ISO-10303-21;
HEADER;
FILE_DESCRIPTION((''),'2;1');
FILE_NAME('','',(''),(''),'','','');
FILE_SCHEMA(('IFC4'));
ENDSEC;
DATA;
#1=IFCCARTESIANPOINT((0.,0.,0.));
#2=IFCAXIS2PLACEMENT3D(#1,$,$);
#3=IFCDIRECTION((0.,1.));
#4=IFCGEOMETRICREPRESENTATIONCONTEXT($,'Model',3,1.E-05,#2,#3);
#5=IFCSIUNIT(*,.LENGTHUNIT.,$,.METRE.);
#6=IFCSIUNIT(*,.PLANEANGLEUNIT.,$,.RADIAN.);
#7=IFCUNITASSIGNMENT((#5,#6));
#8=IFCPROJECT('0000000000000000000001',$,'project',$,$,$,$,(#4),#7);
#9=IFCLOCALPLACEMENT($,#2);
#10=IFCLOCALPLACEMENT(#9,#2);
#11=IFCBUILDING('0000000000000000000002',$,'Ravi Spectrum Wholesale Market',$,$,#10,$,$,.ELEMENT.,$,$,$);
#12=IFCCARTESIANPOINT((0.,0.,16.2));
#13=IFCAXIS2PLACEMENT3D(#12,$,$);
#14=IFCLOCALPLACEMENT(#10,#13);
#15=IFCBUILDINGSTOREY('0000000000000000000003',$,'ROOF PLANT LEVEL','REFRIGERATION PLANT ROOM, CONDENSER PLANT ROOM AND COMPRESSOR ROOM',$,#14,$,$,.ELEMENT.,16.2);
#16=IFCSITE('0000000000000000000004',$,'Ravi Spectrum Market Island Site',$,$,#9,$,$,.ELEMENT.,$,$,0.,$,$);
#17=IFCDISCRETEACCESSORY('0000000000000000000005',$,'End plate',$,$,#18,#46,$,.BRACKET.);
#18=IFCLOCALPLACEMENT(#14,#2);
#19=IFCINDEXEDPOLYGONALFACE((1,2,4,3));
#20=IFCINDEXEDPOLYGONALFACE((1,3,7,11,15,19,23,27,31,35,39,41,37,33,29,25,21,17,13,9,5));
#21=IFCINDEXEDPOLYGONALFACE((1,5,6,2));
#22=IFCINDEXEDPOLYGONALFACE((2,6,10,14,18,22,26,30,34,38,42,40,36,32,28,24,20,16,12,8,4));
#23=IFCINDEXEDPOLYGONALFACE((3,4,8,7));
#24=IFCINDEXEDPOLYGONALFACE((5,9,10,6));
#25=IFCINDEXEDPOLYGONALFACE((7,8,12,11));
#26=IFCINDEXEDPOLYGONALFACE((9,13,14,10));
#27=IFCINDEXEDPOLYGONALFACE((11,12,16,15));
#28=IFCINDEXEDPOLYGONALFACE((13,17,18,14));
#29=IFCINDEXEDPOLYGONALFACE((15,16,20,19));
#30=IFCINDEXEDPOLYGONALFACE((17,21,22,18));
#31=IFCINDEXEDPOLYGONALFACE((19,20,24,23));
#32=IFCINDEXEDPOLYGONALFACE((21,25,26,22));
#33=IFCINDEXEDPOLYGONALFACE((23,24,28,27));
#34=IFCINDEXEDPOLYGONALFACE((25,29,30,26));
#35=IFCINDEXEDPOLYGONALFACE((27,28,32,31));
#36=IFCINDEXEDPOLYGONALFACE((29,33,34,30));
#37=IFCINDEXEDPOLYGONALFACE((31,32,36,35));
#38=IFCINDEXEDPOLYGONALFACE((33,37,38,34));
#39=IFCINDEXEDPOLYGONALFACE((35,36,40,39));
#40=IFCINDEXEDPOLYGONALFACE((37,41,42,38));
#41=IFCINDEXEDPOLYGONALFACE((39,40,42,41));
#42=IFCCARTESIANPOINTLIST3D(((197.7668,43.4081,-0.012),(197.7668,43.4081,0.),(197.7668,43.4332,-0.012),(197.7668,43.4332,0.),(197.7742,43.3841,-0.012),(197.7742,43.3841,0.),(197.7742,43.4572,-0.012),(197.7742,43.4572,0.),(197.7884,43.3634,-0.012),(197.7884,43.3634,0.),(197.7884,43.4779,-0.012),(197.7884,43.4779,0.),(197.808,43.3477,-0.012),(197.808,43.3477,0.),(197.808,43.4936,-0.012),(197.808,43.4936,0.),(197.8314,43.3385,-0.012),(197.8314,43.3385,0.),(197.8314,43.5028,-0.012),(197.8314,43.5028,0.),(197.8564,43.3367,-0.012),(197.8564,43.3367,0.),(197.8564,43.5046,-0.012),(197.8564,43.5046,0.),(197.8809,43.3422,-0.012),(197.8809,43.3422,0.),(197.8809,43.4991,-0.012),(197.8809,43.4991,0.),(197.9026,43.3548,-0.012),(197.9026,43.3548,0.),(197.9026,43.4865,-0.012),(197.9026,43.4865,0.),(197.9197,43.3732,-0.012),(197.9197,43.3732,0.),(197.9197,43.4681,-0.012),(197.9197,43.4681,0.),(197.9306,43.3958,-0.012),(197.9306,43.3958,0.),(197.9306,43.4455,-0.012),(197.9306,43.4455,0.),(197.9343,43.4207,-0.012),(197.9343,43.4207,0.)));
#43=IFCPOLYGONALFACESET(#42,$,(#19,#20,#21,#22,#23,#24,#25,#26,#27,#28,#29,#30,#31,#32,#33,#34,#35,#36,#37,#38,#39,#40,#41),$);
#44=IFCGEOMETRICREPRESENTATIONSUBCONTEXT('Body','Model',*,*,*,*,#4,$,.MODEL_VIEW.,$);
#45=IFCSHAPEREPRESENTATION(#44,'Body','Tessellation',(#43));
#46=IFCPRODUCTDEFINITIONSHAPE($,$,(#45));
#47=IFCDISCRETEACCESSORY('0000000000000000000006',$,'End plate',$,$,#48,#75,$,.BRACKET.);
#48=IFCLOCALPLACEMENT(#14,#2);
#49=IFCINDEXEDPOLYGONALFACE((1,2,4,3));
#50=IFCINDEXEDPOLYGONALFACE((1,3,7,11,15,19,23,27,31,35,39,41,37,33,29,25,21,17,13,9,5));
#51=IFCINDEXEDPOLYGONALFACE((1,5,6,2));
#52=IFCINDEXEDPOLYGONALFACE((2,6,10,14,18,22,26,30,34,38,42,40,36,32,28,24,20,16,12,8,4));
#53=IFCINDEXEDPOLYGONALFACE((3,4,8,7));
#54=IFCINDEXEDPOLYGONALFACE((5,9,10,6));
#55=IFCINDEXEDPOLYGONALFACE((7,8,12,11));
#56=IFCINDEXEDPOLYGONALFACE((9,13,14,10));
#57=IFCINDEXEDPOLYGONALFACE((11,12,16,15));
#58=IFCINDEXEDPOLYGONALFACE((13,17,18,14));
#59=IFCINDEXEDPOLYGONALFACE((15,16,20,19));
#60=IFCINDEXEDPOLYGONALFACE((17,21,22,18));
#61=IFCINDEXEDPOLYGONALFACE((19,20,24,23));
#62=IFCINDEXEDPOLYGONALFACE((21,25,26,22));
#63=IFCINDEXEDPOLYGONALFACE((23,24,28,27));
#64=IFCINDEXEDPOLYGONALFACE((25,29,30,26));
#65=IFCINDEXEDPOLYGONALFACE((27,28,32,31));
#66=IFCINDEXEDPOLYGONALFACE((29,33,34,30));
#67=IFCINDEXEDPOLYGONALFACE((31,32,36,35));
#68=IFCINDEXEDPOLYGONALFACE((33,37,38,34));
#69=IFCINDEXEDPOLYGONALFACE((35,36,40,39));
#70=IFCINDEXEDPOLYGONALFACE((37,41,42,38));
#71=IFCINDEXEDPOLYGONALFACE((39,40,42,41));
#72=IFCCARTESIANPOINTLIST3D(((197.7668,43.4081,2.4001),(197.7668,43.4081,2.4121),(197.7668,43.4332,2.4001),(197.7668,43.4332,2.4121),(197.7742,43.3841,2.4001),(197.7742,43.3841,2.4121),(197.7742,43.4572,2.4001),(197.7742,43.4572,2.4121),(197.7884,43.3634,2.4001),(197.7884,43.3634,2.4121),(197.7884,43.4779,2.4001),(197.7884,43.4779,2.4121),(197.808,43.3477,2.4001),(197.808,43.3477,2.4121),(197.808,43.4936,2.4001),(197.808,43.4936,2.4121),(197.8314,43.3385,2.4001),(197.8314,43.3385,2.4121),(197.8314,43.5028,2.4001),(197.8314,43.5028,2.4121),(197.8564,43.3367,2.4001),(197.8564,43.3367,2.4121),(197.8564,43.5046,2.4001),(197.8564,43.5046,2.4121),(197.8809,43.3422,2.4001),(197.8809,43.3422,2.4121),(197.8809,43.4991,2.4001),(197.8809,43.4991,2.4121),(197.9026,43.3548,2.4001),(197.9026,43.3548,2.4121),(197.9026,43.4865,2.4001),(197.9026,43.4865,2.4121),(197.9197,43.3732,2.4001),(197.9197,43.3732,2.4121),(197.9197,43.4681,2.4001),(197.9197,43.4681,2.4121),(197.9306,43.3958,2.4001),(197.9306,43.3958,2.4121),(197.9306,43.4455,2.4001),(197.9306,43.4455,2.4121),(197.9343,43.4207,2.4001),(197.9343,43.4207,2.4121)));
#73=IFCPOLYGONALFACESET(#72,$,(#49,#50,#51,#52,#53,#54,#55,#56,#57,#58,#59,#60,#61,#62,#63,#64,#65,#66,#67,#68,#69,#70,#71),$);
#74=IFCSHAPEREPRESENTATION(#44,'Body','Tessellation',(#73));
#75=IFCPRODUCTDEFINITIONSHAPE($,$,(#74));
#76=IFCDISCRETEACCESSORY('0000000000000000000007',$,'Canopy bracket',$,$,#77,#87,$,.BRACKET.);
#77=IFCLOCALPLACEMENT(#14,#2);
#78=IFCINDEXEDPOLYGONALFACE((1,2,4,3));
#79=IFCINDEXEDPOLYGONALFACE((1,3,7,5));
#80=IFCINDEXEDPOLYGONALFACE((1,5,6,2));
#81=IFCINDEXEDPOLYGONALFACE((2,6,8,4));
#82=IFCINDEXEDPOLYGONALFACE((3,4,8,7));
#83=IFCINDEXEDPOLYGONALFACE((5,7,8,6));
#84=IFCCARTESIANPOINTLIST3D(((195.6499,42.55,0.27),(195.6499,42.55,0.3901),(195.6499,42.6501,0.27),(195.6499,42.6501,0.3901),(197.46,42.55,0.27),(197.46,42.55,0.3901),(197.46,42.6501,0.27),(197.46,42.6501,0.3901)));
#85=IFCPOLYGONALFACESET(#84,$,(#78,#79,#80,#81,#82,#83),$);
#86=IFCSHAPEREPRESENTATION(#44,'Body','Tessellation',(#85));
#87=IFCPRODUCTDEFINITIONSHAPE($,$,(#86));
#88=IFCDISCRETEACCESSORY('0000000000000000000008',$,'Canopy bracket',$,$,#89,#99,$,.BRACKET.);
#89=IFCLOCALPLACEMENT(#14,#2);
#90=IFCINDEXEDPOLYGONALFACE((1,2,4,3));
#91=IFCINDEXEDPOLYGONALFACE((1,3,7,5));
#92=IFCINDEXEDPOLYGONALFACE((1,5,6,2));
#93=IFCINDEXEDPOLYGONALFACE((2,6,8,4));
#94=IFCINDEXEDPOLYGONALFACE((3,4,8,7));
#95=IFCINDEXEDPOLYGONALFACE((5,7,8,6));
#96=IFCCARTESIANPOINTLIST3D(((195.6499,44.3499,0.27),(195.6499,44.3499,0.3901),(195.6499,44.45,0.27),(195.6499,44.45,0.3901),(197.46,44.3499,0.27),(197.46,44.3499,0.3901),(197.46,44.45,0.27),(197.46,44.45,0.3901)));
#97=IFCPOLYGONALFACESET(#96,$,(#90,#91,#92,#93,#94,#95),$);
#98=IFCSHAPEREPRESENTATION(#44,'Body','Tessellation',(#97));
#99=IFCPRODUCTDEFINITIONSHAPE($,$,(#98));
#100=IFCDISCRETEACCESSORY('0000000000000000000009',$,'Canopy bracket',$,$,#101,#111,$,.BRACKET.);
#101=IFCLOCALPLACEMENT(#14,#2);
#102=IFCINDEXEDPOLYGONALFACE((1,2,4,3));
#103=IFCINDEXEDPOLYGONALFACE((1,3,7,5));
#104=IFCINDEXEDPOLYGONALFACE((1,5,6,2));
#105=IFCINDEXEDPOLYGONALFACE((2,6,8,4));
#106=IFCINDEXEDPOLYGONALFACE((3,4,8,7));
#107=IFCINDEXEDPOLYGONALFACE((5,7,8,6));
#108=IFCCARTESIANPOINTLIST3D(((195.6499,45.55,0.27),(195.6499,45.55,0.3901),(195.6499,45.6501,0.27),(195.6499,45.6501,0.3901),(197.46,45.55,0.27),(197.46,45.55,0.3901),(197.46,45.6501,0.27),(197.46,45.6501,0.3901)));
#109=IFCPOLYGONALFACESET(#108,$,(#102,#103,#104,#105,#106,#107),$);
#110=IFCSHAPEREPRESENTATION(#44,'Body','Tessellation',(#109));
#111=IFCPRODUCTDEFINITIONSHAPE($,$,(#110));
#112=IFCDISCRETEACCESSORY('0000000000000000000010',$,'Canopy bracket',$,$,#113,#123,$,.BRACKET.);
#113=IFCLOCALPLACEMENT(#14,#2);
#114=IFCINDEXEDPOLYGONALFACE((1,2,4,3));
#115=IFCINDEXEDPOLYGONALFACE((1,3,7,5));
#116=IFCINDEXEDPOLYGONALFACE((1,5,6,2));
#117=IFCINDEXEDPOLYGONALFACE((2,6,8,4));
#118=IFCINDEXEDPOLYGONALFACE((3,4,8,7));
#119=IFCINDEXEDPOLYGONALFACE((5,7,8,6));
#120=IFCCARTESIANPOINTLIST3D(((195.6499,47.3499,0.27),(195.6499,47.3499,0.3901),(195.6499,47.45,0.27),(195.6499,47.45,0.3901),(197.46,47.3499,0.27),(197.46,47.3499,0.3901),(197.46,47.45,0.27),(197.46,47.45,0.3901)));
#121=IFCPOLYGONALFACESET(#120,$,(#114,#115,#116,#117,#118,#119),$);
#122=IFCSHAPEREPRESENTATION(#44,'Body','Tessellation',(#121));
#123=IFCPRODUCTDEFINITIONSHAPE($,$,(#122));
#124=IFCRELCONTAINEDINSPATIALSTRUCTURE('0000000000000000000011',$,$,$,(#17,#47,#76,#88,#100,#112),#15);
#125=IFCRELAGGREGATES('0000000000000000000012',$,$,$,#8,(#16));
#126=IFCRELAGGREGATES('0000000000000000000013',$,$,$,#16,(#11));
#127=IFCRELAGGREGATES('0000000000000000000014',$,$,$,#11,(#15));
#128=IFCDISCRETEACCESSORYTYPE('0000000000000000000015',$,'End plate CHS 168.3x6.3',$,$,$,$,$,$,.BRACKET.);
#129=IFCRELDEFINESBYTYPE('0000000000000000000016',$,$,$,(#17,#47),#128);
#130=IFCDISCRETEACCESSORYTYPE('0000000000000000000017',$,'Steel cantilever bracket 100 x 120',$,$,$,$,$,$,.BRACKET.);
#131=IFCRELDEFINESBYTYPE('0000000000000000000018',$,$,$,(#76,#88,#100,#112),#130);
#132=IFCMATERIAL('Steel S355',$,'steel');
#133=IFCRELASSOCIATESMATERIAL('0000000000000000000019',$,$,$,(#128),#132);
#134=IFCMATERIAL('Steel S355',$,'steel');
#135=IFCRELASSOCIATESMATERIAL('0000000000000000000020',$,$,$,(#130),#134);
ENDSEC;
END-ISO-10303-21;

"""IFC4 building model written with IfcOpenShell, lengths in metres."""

from ifc_helpers import new_model, si_unit, direction, frame, origin, origin_2d, place, context, subcontext, project, spatial, rectangle, circle, extrude, material, material_profile, profile_set, type_object, element, save


model = new_model("IFC4")

# Units and contexts
model_context = context("Model", 3, precision=1e-05, world=origin(), true_north=direction((0.0, 1.0)))
body_context = subcontext(model_context, "Body", "Model", "MODEL_VIEW")
ifc_project = project(units=[si_unit("LENGTHUNIT", "METRE"), si_unit("PLANEANGLEUNIT", "RADIAN")], contexts=[model_context])

# Site, building, storey
site_placement = place(None, origin())
site = spatial("IfcSite", under=ifc_project, at=site_placement, Name="Ravi Spectrum Market Island Site", CompositionType="ELEMENT", RefElevation=0.0)
building_placement = place(site_placement, origin())
building = spatial("IfcBuilding", under=site, at=building_placement, Name="Ravi Spectrum Wholesale Market", CompositionType="ELEMENT")
storey_placement = place(building_placement, frame((0.0, 0.0, 16.2)))
storey = spatial("IfcBuildingStorey", under=building, at=storey_placement, Name="ROOF PLANT LEVEL", Description="REFRIGERATION PLANT ROOM, CONDENSER PLANT ROOM AND COMPRESSOR ROOM", CompositionType="ELEMENT", Elevation=16.2)

# Discrete accessories
ifc_material_1 = material(Name="Steel S355", Category="steel")
ifc_material_profile_1 = material_profile(ifc_material_1, circle(Radius=0.0842, at=origin_2d()))
ifc_profile_set_1 = profile_set([ifc_material_profile_1], Name="Steel S355")
discrete_accessory_type_1 = type_object("IfcDiscreteAccessoryType", Name="End plate CHS 168.3x6.3", PredefinedType="BRACKET", material=ifc_profile_set_1)
for number, where, z_axis, x_axis, name in (
    (1, (197.8501, 43.4207, 0.0), (0.0, 0.0, -1.0), (1.0, 0.0, 0.0), "End plate"),
    (2, (197.8501, 43.4207, 2.4001), (0.0, 0.0, 1.0), (1.0, 0.0, 0.0), "End plate"),
):
    element("IfcDiscreteAccessory", number, at=place(storey_placement, frame(where, z_axis=z_axis, x_axis=x_axis)), inside=storey, type_object=discrete_accessory_type_1, Name=name, PredefinedType="BRACKET", context=body_context, shape_type="SweptSolid", body=[
        extrude(circle(Radius=0.0842, at=origin_2d()), origin(), (0.0, 0.0, 1.0), 0.012),
    ])
ifc_material_2 = material(Name="Steel S355", Category="steel")
discrete_accessory_type_2 = type_object("IfcDiscreteAccessoryType", Name="Steel cantilever bracket 100 x 120", PredefinedType="BRACKET", material=ifc_material_2)
for number, where, z_axis, x_axis, name in (
    (3, (196.5549, 42.6001, 0.27), (0.0, 0.0, 1.0), (1.0, 0.0, 0.0), "Canopy bracket"),
    (4, (196.5549, 44.3999, 0.27), (0.0, 0.0, 1.0), (1.0, 0.0, 0.0), "Canopy bracket"),
    (5, (196.5549, 45.6001, 0.27), (0.0, 0.0, 1.0), (1.0, 0.0, 0.0), "Canopy bracket"),
    (6, (196.5549, 47.3999, 0.27), (0.0, 0.0, 1.0), (1.0, 0.0, 0.0), "Canopy bracket"),
):
    element("IfcDiscreteAccessory", number, at=place(storey_placement, frame(where, z_axis=z_axis, x_axis=x_axis)), inside=storey, type_object=discrete_accessory_type_2, Name=name, PredefinedType="BRACKET", context=body_context, shape_type="SweptSolid", body=[
        extrude(rectangle(XDim=1.8101, YDim=0.1001, at=origin_2d()), origin(), (0.0, 0.0, 1.0), 0.1201),
    ])

save(model, "model.ifc")
